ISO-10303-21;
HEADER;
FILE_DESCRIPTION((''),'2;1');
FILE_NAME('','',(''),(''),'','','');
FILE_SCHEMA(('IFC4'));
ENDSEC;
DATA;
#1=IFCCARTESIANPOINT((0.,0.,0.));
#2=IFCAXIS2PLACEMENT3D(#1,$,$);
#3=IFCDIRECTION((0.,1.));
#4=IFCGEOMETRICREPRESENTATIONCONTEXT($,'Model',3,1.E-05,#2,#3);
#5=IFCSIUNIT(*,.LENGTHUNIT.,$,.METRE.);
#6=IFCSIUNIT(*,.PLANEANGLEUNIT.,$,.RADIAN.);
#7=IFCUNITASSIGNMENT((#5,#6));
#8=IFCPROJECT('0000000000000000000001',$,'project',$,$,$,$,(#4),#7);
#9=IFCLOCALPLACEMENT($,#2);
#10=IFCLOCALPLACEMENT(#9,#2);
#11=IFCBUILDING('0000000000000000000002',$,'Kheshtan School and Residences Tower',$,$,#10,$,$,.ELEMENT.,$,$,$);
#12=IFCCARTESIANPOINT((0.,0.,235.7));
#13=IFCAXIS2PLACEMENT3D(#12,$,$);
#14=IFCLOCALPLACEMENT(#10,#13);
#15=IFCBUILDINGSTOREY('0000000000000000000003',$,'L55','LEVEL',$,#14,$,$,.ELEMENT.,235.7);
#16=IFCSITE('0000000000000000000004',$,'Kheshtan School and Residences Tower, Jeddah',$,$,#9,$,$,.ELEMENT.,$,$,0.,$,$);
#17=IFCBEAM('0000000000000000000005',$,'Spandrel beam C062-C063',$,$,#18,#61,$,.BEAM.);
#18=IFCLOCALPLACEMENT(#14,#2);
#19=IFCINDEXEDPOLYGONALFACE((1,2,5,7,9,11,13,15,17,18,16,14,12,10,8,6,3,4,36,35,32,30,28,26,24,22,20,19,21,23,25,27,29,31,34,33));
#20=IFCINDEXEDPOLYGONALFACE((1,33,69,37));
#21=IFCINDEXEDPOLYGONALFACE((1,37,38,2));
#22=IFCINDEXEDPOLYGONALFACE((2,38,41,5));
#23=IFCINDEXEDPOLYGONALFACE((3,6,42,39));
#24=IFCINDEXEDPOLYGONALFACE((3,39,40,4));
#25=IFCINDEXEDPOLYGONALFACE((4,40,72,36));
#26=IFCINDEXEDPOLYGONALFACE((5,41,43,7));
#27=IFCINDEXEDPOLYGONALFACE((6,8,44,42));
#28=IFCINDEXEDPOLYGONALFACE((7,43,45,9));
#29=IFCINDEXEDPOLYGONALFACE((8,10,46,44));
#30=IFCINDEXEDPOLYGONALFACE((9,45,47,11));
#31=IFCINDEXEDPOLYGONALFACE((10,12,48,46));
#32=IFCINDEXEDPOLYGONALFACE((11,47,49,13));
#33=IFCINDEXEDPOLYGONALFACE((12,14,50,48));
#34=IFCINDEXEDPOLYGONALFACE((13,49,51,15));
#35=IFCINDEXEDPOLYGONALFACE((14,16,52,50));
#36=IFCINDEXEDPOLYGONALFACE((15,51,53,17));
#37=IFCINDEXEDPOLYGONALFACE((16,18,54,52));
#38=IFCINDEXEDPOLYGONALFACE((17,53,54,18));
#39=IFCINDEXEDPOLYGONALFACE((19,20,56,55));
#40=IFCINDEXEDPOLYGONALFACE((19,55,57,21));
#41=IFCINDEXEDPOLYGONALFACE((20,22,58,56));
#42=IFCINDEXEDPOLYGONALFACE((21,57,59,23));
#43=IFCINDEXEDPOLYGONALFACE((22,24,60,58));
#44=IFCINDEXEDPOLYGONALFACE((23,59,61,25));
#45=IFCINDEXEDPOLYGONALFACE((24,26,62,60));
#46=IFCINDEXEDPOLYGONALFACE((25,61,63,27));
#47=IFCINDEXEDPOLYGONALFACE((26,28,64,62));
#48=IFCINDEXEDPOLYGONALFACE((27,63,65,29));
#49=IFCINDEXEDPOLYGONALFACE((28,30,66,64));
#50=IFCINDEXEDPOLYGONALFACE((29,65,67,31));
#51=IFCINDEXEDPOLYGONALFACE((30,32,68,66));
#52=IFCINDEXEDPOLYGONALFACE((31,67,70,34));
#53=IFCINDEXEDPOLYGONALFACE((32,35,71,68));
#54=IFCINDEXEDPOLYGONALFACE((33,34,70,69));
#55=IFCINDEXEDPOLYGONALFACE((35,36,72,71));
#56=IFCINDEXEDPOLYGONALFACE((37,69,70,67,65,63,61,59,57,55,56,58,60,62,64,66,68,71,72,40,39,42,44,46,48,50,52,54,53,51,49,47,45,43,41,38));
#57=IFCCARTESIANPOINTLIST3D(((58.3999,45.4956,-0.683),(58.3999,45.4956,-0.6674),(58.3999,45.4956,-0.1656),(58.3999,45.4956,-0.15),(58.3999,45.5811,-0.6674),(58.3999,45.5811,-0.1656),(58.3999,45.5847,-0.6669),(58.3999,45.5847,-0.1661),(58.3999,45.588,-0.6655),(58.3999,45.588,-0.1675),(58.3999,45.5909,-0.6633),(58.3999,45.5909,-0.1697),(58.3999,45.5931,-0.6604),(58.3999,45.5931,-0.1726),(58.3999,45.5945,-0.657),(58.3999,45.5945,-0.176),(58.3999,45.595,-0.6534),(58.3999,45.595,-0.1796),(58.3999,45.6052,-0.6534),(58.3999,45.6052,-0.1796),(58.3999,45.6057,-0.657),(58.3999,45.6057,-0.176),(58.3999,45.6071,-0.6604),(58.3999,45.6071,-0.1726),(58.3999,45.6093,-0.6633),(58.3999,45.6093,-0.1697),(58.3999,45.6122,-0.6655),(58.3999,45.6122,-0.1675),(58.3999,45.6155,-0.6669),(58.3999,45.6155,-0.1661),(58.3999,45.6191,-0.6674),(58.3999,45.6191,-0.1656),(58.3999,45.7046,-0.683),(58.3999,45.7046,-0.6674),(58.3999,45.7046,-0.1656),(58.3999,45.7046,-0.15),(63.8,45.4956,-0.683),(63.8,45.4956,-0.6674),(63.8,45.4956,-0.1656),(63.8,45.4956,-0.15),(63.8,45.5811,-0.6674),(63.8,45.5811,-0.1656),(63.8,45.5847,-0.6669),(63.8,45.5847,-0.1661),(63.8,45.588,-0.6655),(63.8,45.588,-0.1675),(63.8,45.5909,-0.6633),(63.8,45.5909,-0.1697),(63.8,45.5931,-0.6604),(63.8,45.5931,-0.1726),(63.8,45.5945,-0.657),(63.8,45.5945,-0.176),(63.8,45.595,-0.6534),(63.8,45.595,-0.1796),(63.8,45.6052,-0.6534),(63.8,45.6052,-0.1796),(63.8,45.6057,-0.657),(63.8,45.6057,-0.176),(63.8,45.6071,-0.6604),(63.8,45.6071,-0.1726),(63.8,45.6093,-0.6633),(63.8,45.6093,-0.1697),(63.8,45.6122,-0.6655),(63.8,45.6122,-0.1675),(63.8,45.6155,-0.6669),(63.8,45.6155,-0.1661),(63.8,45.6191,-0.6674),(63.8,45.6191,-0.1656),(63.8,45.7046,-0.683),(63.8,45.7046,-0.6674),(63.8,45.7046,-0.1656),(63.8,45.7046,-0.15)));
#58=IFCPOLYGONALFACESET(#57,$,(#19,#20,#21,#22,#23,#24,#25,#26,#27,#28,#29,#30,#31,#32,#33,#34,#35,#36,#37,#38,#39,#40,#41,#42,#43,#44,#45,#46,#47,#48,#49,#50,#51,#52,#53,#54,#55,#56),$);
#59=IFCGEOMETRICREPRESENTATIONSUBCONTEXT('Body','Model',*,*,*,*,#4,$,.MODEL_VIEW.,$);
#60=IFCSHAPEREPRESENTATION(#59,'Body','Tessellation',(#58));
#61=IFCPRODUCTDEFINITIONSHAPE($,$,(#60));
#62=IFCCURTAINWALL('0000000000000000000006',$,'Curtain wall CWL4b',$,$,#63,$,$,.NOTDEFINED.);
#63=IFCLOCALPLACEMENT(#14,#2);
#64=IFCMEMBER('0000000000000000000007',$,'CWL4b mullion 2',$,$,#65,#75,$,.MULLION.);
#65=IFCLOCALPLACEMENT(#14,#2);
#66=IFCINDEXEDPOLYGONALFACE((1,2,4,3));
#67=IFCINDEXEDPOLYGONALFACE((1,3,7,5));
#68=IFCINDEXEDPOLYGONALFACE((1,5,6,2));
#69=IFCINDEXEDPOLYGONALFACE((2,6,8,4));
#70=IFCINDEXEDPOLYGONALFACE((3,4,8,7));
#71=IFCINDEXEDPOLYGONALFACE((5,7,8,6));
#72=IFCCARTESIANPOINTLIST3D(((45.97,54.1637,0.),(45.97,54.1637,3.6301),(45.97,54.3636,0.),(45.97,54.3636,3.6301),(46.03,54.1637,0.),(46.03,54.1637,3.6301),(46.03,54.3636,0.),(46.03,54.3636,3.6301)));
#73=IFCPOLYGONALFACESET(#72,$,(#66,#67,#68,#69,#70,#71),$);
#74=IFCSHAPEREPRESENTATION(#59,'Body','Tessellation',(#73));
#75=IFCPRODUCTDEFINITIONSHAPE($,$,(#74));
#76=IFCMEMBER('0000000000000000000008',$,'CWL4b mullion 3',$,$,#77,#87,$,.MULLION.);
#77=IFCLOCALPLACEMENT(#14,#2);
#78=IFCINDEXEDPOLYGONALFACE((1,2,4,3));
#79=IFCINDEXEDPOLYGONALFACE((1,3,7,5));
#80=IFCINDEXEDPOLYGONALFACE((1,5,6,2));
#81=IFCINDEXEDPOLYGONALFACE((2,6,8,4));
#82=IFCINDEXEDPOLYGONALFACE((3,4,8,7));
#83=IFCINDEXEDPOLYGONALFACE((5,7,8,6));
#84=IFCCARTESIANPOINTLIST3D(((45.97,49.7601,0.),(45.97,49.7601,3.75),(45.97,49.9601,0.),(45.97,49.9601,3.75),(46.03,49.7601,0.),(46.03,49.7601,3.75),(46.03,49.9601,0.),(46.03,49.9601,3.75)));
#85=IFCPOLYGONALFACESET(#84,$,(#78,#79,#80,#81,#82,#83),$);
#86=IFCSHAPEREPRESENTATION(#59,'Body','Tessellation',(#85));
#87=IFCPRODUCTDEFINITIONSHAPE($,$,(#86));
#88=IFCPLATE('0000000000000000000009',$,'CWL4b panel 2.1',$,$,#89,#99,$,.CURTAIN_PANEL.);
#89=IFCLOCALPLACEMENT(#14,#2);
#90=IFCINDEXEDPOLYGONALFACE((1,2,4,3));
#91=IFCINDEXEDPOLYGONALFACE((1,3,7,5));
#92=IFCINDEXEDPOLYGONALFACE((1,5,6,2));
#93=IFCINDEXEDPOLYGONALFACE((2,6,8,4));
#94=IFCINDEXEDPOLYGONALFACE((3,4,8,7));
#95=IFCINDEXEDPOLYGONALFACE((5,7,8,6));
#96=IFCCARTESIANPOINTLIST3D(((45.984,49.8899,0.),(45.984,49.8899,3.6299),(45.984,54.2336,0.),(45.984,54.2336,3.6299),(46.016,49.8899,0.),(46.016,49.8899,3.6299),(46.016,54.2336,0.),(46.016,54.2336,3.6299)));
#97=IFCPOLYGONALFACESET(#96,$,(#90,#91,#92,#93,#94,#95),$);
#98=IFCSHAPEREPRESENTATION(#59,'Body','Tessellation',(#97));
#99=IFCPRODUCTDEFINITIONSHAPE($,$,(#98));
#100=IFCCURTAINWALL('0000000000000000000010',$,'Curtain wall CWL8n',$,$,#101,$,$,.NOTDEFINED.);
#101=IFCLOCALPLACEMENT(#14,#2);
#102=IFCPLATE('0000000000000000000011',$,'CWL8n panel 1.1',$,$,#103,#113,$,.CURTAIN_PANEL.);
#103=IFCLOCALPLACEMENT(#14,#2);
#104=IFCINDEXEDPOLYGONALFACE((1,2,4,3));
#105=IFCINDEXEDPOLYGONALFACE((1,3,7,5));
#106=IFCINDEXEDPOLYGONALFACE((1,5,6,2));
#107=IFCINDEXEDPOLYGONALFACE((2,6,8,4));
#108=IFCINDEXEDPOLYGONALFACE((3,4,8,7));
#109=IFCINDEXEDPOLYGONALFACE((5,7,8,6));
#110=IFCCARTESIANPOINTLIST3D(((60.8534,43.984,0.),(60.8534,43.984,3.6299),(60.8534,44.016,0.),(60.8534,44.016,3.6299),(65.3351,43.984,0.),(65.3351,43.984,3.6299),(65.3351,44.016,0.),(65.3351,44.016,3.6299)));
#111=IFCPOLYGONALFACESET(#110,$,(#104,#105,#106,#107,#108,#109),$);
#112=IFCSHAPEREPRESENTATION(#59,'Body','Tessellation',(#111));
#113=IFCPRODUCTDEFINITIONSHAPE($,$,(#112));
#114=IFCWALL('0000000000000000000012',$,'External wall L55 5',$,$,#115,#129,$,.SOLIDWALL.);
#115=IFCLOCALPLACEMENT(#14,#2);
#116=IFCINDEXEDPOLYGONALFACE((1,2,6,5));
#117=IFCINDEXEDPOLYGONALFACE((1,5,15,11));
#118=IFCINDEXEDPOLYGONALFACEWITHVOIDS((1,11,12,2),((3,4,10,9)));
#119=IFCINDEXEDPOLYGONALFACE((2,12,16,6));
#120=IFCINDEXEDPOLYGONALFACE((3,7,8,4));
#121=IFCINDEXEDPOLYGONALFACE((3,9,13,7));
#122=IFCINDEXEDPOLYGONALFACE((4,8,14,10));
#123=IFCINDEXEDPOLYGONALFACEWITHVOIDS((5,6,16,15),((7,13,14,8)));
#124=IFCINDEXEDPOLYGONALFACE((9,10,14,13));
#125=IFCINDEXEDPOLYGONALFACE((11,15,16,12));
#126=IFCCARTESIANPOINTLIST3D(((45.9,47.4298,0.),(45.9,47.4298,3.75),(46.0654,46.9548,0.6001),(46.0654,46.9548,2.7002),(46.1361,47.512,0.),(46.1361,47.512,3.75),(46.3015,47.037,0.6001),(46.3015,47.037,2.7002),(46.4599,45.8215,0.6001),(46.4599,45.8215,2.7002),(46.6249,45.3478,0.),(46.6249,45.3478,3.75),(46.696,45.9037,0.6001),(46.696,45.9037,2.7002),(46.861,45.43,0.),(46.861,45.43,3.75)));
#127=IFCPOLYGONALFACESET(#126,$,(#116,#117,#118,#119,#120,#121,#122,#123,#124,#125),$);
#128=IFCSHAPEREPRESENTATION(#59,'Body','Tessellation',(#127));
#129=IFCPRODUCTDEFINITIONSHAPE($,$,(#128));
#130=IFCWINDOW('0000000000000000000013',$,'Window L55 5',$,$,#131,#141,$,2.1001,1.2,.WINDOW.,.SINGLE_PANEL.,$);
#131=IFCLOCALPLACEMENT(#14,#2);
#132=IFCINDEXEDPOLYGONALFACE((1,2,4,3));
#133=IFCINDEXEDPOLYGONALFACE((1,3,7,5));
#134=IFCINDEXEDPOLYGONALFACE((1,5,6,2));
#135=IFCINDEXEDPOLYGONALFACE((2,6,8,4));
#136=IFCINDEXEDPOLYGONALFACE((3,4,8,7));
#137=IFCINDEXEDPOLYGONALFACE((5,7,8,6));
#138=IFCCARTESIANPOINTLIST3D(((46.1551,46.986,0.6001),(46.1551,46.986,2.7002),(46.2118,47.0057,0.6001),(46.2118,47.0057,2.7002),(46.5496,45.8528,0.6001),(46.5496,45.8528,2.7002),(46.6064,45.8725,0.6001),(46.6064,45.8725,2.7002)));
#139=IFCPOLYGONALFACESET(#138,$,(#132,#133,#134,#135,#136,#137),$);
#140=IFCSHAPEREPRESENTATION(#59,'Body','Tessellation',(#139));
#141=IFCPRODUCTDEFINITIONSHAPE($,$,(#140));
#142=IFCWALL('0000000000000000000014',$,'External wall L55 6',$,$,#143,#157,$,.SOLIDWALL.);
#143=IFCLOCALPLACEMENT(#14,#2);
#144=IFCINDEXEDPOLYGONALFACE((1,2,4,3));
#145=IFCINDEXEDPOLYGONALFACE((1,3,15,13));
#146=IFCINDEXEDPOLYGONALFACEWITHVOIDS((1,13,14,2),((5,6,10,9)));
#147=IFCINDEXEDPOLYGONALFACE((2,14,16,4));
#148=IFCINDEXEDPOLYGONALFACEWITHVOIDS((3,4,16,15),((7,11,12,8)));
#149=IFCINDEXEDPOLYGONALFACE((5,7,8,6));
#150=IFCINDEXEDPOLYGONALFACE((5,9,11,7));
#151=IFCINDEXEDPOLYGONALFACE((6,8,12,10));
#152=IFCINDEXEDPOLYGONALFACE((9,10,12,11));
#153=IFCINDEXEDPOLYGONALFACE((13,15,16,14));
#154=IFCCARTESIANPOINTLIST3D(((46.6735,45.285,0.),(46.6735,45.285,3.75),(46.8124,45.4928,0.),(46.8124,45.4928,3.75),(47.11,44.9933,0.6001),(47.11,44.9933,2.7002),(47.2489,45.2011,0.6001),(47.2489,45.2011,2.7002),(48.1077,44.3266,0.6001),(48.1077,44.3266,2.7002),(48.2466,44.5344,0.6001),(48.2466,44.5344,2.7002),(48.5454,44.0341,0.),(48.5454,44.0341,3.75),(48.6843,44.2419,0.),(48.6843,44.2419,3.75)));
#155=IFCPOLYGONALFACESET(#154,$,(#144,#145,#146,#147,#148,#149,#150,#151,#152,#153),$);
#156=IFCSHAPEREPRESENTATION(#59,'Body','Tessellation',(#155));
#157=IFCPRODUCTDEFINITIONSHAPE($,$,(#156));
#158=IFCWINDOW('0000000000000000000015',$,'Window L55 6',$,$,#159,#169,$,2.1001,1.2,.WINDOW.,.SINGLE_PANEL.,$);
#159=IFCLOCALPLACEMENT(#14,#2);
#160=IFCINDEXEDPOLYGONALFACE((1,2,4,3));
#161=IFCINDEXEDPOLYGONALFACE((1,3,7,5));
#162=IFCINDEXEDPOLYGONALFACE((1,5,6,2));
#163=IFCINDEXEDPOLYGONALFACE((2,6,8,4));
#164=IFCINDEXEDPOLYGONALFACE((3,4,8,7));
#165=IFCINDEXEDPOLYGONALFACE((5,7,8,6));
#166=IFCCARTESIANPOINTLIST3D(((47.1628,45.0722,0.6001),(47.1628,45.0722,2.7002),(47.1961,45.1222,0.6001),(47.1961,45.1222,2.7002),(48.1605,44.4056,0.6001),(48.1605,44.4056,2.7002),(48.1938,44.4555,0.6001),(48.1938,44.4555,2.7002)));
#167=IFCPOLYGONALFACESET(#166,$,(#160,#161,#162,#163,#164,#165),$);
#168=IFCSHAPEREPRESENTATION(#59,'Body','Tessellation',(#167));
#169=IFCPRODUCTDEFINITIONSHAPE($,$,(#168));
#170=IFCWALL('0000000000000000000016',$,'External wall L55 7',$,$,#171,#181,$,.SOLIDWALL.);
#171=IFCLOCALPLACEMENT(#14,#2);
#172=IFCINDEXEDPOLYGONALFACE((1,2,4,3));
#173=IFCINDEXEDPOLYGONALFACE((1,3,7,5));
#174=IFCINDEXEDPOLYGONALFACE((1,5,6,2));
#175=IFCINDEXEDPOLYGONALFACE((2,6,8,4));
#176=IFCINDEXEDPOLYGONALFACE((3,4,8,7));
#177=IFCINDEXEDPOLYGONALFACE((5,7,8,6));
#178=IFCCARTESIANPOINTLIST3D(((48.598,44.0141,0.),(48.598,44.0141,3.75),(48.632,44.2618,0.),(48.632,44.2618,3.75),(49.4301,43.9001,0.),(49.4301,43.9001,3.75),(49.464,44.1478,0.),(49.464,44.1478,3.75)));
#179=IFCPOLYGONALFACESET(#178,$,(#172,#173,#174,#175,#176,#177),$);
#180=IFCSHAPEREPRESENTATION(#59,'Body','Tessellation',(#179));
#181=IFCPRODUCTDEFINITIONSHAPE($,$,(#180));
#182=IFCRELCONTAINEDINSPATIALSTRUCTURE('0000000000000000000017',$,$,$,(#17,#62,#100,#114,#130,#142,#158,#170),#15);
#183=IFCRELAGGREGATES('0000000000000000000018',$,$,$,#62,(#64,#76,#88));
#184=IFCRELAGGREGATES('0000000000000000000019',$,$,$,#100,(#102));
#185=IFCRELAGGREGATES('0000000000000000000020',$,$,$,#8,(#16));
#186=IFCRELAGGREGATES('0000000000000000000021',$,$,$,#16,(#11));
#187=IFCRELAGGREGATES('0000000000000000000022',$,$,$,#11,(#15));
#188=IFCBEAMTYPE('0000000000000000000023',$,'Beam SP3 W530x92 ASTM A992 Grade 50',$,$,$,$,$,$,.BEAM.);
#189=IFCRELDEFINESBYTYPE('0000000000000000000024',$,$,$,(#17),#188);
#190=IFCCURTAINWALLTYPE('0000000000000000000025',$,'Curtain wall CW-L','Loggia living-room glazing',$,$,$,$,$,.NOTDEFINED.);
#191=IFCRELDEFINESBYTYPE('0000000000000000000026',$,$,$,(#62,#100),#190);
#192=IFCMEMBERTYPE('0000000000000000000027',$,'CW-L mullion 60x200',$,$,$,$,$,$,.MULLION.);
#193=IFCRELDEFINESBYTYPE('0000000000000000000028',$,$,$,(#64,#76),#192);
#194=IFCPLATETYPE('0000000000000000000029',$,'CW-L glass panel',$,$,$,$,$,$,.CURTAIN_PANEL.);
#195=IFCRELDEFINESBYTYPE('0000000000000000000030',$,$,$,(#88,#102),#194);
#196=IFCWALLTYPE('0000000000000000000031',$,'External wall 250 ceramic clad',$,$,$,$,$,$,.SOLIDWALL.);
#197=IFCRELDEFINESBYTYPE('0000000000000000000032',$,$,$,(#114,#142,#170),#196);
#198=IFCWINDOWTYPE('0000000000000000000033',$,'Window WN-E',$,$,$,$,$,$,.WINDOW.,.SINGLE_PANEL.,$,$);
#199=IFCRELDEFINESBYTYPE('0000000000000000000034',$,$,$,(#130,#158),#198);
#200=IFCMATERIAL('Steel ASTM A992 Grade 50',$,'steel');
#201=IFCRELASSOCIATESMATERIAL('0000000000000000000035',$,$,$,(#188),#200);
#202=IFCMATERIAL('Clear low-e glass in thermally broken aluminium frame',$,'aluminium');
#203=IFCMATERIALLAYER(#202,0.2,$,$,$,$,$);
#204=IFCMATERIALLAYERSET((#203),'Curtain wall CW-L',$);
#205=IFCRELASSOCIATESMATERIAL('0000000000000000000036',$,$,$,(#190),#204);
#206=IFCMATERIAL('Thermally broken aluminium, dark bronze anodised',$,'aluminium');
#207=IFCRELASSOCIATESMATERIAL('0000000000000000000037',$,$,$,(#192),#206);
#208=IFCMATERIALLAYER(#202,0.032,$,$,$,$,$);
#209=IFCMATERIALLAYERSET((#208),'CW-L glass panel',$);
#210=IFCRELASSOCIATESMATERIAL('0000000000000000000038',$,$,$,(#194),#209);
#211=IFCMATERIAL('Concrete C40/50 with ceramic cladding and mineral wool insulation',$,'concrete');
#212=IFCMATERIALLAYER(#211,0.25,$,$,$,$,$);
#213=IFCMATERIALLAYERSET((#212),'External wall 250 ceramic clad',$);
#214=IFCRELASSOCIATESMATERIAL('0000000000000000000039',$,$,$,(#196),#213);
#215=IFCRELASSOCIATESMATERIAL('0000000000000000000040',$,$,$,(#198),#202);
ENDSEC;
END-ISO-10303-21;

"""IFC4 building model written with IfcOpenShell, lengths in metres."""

from ifc_helpers import new_model, si_unit, direction, frame, frame_2d, origin, origin_2d, place, context, subcontext, project, spatial, rectangle, i_section, extrude, source, transform, mapped, material, layer, layer_set, material_profile, profile_set, type_object, element, fill, aggregate, save


model = new_model("IFC4")

# Units and contexts
model_context = context("Model", 3, precision=1e-05, world=origin(), true_north=direction((0.0, 1.0)))
body_context = subcontext(model_context, "Body", "Model", "MODEL_VIEW")
ifc_project = project(units=[si_unit("LENGTHUNIT", "METRE"), si_unit("PLANEANGLEUNIT", "RADIAN")], contexts=[model_context])

# Site, building, storey
site_placement = place(None, origin())
site = spatial("IfcSite", under=ifc_project, at=site_placement, Name="Kheshtan School and Residences Tower, Jeddah", CompositionType="ELEMENT", RefElevation=0.0)
building_placement = place(site_placement, origin())
building = spatial("IfcBuilding", under=site, at=building_placement, Name="Kheshtan School and Residences Tower", CompositionType="ELEMENT")
storey_placement = place(building_placement, frame((0.0, 0.0, 235.7)))
storey = spatial("IfcBuildingStorey", under=building, at=storey_placement, Name="L55", Description="LEVEL", CompositionType="ELEMENT", Elevation=235.7)

# Shared definitions
ifc_material_1 = material(Name="Steel ASTM A992 Grade 50", Category="steel")

# Beam
ifc_material_profile_1 = material_profile(ifc_material_1, i_section(OverallWidth=0.209, OverallDepth=0.533, WebThickness=0.0103, FlangeThickness=0.0156, FilletRadius=0.0139, at=origin_2d()), Name="W530x92")
ifc_profile_set_1 = profile_set([ifc_material_profile_1], Name="Steel ASTM A992 Grade 50")
beam_type_1 = type_object("IfcBeamType", Name="Beam SP3 W530x92 ASTM A992 Grade 50", PredefinedType="BEAM", material=ifc_profile_set_1)
beam_1_placement = place(storey_placement, frame((58.3999, 45.6001, -0.4165), z_axis=(1.0, 0.0, 0.0), x_axis=(0.0, 1.0, 0.0)))
element("IfcBeam", 1, at=beam_1_placement, inside=storey, type_object=beam_type_1, Name="Spandrel beam C062-C063", PredefinedType="BEAM", context=body_context, shape_type="SweptSolid", body=[
    extrude(i_section(OverallWidth=0.209, OverallDepth=0.533, WebThickness=0.0103, FlangeThickness=0.0156, FilletRadius=0.0139, at=origin_2d()), origin(), (0.0, 0.0, 1.0), 5.4001),
])

# Curtain wall, members, plate
ifc_material_2 = material(Name="Clear low-e glass in thermally broken aluminium frame", Category="aluminium")
ifc_layer_1 = layer(ifc_material_2, 0.2)
ifc_layer_set_1 = layer_set([ifc_layer_1], Name="Curtain wall CW-L")
curtain_wall_type = type_object("IfcCurtainWallType", Name="Curtain wall CW-L", Description="Loggia living-room glazing", PredefinedType="NOTDEFINED", material=ifc_layer_set_1)
curtain_wall_1_placement = place(storey_placement, origin())
curtain_wall_1 = element("IfcCurtainWall", 2, at=curtain_wall_1_placement, inside=storey, type_object=curtain_wall_type, Name="Curtain wall CWL4b", PredefinedType="NOTDEFINED")
ifc_material_3 = material(Name="Thermally broken aluminium, dark bronze anodised", Category="aluminium")
ifc_material_profile_2 = material_profile(ifc_material_3, rectangle(XDim=0.0601, YDim=0.2, at=origin_2d()), Name="CW-L mullion 60x200")
ifc_profile_set_2 = profile_set([ifc_material_profile_2], Name="Thermally broken aluminium, dark bronze anodised")
member_type = type_object("IfcMemberType", Name="CW-L mullion 60x200", PredefinedType="MULLION", material=ifc_profile_set_2)
member_1_placement = place(storey_placement, frame((46.0, 54.2637, 0.0), z_axis=(0.0, 0.0, 1.0), x_axis=(1.0, 0.0, 0.0)))
member_1 = element("IfcMember", 3, at=member_1_placement, type_object=member_type, Name="CWL4b mullion 2", PredefinedType="MULLION", context=body_context, shape_type="SweptSolid", body=[
    extrude(rectangle(XDim=0.0601, YDim=0.2, at=origin_2d()), origin(), (0.0, 0.0, 1.0), 3.6301),
])
member_2_placement = place(storey_placement, frame((46.0, 49.8601, 0.0), z_axis=(0.0, 0.0, 1.0), x_axis=(1.0, 0.0, 0.0)))
member_2 = element("IfcMember", 4, at=member_2_placement, type_object=member_type, Name="CWL4b mullion 3", PredefinedType="MULLION", context=body_context, shape_type="SweptSolid", body=[
    extrude(rectangle(XDim=0.0601, YDim=0.2, at=origin_2d()), origin(), (0.0, 0.0, 1.0), 3.75),
])
ifc_layer_2 = layer(ifc_material_2, 0.032)
ifc_layer_set_2 = layer_set([ifc_layer_2], Name="CW-L glass panel")
plate_type = type_object("IfcPlateType", Name="CW-L glass panel", PredefinedType="CURTAIN_PANEL", material=ifc_layer_set_2)
plate_1_placement = place(storey_placement, frame((46.0, 52.0618, 0.0), z_axis=(0.0, 0.0, 1.0), x_axis=(0.0, -1.0, 0.0)))
plate_1 = element("IfcPlate", 5, at=plate_1_placement, type_object=plate_type, Name="CWL4b panel 2.1", PredefinedType="CURTAIN_PANEL", context=body_context, shape_type="SweptSolid", body=[
    extrude(rectangle(XDim=4.3438, YDim=0.032, at=origin_2d()), origin(), (0.0, 0.0, 1.0), 3.6299),
])
aggregate(curtain_wall_1, [member_1, member_2, plate_1])

# Curtain wall, plate
curtain_wall_2_placement = place(storey_placement, origin())
curtain_wall_2 = element("IfcCurtainWall", 6, at=curtain_wall_2_placement, inside=storey, type_object=curtain_wall_type, Name="Curtain wall CWL8n", PredefinedType="NOTDEFINED")
plate_2_placement = place(storey_placement, frame((63.0942, 44.0, 0.0), z_axis=(0.0, 0.0, 1.0), x_axis=(1.0, 0.0, 0.0)))
plate_2 = element("IfcPlate", 7, at=plate_2_placement, type_object=plate_type, Name="CWL8n panel 1.1", PredefinedType="CURTAIN_PANEL", context=body_context, shape_type="SweptSolid", body=[
    extrude(rectangle(XDim=4.4817, YDim=0.032, at=origin_2d()), origin(), (0.0, 0.0, 1.0), 3.6299),
])
aggregate(curtain_wall_2, [plate_2])

# Walls, openings, windows
ifc_material_4 = material(Name="Concrete C40/50 with ceramic cladding and mineral wool insulation", Category="concrete")
ifc_layer_3 = layer(ifc_material_4, 0.25)
ifc_layer_set_3 = layer_set([ifc_layer_3], Name="External wall 250 ceramic clad")
wall_type = type_object("IfcWallType", Name="External wall 250 ceramic clad", PredefinedType="SOLIDWALL", material=ifc_layer_set_3)
wall_1_placement = place(storey_placement, frame((46.0181, 47.4709, 0.0), z_axis=(0.0, 0.0, 1.0), x_axis=(0.328791, -0.944403, 0.0)))
wall_1 = element("IfcWall", 8, at=wall_1_placement, inside=storey, type_object=wall_type, Name="External wall L55 5", PredefinedType="SOLIDWALL", context=body_context, shape_type="SweptSolid", body=[
    extrude(rectangle(XDim=2.2046, YDim=0.25, at=frame_2d((1.1023, 0.0))), origin(), (0.0, 0.0, 1.0), 3.75),
])
opening_1_placement = place(wall_1_placement, frame((0.5029, 0.0, 0.6001)))
opening_1 = element("IfcOpeningElement", 9, at=opening_1_placement, cuts=wall_1, PredefinedType="OPENING", context=body_context, shape_type="SweptSolid", body=[
    extrude(rectangle(XDim=1.2, YDim=2.1001, at=frame_2d((0.6001, 1.05))), frame((0.0, 0.135, 0.0), z_axis=(0.0, -1.0, 0.0), x_axis=(1.0, 0.0, 0.0)), (0.0, 0.0, 1.0), 0.27),
])
window_type = type_object("IfcWindowType", Name="Window WN-E", PartitioningType="SINGLE_PANEL", PredefinedType="WINDOW", material=ifc_material_2)
shared_shape = source(origin(), body_context, "Body", "SweptSolid", [
    extrude(rectangle(XDim=1.2, YDim=2.1001, at=frame_2d((0.6001, 1.05))), frame((0.0, 0.03, 0.0), z_axis=(0.0, -1.0, 0.0), x_axis=(1.0, 0.0, 0.0)), (0.0, 0.0, 1.0), 0.0601),
])
window_1_placement = place(opening_1_placement, origin())
window_1 = element("IfcWindow", 10, at=window_1_placement, inside=storey, type_object=window_type, Name="Window L55 5", OverallHeight=2.1001, OverallWidth=1.2, PartitioningType="SINGLE_PANEL", PredefinedType="WINDOW", context=body_context, shape_type="MappedRepresentation", body=[
    mapped(shared_shape, transform((0.0, 0.0, 0.0), x_axis=(1.0, 0.0, 0.0), y_axis=(0.0, 1.0, 0.0), z_axis=(0.0, 0.0, 1.0), scale=1.0)),
])
fill(opening_1, window_1)
wall_2_placement = place(storey_placement, frame((46.7429, 45.3889, 0.0), z_axis=(0.0, 0.0, 1.0), x_axis=(0.831449, -0.555601, 0.0)))
wall_2 = element("IfcWall", 11, at=wall_2_placement, inside=storey, type_object=wall_type, Name="External wall L55 6", PredefinedType="SOLIDWALL", context=body_context, shape_type="SweptSolid", body=[
    extrude(rectangle(XDim=2.2515, YDim=0.25, at=frame_2d((1.1257, 0.0))), origin(), (0.0, 0.0, 1.0), 3.75),
])
opening_2_placement = place(wall_2_placement, frame((0.5249, 0.0, 0.6001)))
opening_2 = element("IfcOpeningElement", 12, at=opening_2_placement, cuts=wall_2, PredefinedType="OPENING", context=body_context, shape_type="SweptSolid", body=[
    extrude(rectangle(XDim=1.2, YDim=2.1001, at=frame_2d((0.6001, 1.05))), frame((0.0, 0.135, 0.0), z_axis=(0.0, -1.0, 0.0), x_axis=(1.0, 0.0, 0.0)), (0.0, 0.0, 1.0), 0.27),
])
window_2_placement = place(opening_2_placement, origin())
window_2 = element("IfcWindow", 13, at=window_2_placement, inside=storey, type_object=window_type, Name="Window L55 6", OverallHeight=2.1001, OverallWidth=1.2, PartitioningType="SINGLE_PANEL", PredefinedType="WINDOW", context=body_context, shape_type="MappedRepresentation", body=[
    mapped(shared_shape, transform((0.0, 0.0, 0.0), x_axis=(1.0, 0.0, 0.0), y_axis=(0.0, 1.0, 0.0), z_axis=(0.0, 0.0, 1.0), scale=1.0)),
])
fill(opening_2, window_2)

# Wall
wall_3_placement = place(storey_placement, frame((48.615, 44.1379, 0.0), z_axis=(0.0, 0.0, 1.0), x_axis=(0.990742, -0.135762, 0.0)))
element("IfcWall", 14, at=wall_3_placement, inside=storey, type_object=wall_type, Name="External wall L55 7", PredefinedType="SOLIDWALL", context=body_context, shape_type="SweptSolid", body=[
    extrude(rectangle(XDim=0.8398, YDim=0.25, at=frame_2d((0.4199, 0.0))), origin(), (0.0, 0.0, 1.0), 3.75),
])

save(model, "model.ifc")
